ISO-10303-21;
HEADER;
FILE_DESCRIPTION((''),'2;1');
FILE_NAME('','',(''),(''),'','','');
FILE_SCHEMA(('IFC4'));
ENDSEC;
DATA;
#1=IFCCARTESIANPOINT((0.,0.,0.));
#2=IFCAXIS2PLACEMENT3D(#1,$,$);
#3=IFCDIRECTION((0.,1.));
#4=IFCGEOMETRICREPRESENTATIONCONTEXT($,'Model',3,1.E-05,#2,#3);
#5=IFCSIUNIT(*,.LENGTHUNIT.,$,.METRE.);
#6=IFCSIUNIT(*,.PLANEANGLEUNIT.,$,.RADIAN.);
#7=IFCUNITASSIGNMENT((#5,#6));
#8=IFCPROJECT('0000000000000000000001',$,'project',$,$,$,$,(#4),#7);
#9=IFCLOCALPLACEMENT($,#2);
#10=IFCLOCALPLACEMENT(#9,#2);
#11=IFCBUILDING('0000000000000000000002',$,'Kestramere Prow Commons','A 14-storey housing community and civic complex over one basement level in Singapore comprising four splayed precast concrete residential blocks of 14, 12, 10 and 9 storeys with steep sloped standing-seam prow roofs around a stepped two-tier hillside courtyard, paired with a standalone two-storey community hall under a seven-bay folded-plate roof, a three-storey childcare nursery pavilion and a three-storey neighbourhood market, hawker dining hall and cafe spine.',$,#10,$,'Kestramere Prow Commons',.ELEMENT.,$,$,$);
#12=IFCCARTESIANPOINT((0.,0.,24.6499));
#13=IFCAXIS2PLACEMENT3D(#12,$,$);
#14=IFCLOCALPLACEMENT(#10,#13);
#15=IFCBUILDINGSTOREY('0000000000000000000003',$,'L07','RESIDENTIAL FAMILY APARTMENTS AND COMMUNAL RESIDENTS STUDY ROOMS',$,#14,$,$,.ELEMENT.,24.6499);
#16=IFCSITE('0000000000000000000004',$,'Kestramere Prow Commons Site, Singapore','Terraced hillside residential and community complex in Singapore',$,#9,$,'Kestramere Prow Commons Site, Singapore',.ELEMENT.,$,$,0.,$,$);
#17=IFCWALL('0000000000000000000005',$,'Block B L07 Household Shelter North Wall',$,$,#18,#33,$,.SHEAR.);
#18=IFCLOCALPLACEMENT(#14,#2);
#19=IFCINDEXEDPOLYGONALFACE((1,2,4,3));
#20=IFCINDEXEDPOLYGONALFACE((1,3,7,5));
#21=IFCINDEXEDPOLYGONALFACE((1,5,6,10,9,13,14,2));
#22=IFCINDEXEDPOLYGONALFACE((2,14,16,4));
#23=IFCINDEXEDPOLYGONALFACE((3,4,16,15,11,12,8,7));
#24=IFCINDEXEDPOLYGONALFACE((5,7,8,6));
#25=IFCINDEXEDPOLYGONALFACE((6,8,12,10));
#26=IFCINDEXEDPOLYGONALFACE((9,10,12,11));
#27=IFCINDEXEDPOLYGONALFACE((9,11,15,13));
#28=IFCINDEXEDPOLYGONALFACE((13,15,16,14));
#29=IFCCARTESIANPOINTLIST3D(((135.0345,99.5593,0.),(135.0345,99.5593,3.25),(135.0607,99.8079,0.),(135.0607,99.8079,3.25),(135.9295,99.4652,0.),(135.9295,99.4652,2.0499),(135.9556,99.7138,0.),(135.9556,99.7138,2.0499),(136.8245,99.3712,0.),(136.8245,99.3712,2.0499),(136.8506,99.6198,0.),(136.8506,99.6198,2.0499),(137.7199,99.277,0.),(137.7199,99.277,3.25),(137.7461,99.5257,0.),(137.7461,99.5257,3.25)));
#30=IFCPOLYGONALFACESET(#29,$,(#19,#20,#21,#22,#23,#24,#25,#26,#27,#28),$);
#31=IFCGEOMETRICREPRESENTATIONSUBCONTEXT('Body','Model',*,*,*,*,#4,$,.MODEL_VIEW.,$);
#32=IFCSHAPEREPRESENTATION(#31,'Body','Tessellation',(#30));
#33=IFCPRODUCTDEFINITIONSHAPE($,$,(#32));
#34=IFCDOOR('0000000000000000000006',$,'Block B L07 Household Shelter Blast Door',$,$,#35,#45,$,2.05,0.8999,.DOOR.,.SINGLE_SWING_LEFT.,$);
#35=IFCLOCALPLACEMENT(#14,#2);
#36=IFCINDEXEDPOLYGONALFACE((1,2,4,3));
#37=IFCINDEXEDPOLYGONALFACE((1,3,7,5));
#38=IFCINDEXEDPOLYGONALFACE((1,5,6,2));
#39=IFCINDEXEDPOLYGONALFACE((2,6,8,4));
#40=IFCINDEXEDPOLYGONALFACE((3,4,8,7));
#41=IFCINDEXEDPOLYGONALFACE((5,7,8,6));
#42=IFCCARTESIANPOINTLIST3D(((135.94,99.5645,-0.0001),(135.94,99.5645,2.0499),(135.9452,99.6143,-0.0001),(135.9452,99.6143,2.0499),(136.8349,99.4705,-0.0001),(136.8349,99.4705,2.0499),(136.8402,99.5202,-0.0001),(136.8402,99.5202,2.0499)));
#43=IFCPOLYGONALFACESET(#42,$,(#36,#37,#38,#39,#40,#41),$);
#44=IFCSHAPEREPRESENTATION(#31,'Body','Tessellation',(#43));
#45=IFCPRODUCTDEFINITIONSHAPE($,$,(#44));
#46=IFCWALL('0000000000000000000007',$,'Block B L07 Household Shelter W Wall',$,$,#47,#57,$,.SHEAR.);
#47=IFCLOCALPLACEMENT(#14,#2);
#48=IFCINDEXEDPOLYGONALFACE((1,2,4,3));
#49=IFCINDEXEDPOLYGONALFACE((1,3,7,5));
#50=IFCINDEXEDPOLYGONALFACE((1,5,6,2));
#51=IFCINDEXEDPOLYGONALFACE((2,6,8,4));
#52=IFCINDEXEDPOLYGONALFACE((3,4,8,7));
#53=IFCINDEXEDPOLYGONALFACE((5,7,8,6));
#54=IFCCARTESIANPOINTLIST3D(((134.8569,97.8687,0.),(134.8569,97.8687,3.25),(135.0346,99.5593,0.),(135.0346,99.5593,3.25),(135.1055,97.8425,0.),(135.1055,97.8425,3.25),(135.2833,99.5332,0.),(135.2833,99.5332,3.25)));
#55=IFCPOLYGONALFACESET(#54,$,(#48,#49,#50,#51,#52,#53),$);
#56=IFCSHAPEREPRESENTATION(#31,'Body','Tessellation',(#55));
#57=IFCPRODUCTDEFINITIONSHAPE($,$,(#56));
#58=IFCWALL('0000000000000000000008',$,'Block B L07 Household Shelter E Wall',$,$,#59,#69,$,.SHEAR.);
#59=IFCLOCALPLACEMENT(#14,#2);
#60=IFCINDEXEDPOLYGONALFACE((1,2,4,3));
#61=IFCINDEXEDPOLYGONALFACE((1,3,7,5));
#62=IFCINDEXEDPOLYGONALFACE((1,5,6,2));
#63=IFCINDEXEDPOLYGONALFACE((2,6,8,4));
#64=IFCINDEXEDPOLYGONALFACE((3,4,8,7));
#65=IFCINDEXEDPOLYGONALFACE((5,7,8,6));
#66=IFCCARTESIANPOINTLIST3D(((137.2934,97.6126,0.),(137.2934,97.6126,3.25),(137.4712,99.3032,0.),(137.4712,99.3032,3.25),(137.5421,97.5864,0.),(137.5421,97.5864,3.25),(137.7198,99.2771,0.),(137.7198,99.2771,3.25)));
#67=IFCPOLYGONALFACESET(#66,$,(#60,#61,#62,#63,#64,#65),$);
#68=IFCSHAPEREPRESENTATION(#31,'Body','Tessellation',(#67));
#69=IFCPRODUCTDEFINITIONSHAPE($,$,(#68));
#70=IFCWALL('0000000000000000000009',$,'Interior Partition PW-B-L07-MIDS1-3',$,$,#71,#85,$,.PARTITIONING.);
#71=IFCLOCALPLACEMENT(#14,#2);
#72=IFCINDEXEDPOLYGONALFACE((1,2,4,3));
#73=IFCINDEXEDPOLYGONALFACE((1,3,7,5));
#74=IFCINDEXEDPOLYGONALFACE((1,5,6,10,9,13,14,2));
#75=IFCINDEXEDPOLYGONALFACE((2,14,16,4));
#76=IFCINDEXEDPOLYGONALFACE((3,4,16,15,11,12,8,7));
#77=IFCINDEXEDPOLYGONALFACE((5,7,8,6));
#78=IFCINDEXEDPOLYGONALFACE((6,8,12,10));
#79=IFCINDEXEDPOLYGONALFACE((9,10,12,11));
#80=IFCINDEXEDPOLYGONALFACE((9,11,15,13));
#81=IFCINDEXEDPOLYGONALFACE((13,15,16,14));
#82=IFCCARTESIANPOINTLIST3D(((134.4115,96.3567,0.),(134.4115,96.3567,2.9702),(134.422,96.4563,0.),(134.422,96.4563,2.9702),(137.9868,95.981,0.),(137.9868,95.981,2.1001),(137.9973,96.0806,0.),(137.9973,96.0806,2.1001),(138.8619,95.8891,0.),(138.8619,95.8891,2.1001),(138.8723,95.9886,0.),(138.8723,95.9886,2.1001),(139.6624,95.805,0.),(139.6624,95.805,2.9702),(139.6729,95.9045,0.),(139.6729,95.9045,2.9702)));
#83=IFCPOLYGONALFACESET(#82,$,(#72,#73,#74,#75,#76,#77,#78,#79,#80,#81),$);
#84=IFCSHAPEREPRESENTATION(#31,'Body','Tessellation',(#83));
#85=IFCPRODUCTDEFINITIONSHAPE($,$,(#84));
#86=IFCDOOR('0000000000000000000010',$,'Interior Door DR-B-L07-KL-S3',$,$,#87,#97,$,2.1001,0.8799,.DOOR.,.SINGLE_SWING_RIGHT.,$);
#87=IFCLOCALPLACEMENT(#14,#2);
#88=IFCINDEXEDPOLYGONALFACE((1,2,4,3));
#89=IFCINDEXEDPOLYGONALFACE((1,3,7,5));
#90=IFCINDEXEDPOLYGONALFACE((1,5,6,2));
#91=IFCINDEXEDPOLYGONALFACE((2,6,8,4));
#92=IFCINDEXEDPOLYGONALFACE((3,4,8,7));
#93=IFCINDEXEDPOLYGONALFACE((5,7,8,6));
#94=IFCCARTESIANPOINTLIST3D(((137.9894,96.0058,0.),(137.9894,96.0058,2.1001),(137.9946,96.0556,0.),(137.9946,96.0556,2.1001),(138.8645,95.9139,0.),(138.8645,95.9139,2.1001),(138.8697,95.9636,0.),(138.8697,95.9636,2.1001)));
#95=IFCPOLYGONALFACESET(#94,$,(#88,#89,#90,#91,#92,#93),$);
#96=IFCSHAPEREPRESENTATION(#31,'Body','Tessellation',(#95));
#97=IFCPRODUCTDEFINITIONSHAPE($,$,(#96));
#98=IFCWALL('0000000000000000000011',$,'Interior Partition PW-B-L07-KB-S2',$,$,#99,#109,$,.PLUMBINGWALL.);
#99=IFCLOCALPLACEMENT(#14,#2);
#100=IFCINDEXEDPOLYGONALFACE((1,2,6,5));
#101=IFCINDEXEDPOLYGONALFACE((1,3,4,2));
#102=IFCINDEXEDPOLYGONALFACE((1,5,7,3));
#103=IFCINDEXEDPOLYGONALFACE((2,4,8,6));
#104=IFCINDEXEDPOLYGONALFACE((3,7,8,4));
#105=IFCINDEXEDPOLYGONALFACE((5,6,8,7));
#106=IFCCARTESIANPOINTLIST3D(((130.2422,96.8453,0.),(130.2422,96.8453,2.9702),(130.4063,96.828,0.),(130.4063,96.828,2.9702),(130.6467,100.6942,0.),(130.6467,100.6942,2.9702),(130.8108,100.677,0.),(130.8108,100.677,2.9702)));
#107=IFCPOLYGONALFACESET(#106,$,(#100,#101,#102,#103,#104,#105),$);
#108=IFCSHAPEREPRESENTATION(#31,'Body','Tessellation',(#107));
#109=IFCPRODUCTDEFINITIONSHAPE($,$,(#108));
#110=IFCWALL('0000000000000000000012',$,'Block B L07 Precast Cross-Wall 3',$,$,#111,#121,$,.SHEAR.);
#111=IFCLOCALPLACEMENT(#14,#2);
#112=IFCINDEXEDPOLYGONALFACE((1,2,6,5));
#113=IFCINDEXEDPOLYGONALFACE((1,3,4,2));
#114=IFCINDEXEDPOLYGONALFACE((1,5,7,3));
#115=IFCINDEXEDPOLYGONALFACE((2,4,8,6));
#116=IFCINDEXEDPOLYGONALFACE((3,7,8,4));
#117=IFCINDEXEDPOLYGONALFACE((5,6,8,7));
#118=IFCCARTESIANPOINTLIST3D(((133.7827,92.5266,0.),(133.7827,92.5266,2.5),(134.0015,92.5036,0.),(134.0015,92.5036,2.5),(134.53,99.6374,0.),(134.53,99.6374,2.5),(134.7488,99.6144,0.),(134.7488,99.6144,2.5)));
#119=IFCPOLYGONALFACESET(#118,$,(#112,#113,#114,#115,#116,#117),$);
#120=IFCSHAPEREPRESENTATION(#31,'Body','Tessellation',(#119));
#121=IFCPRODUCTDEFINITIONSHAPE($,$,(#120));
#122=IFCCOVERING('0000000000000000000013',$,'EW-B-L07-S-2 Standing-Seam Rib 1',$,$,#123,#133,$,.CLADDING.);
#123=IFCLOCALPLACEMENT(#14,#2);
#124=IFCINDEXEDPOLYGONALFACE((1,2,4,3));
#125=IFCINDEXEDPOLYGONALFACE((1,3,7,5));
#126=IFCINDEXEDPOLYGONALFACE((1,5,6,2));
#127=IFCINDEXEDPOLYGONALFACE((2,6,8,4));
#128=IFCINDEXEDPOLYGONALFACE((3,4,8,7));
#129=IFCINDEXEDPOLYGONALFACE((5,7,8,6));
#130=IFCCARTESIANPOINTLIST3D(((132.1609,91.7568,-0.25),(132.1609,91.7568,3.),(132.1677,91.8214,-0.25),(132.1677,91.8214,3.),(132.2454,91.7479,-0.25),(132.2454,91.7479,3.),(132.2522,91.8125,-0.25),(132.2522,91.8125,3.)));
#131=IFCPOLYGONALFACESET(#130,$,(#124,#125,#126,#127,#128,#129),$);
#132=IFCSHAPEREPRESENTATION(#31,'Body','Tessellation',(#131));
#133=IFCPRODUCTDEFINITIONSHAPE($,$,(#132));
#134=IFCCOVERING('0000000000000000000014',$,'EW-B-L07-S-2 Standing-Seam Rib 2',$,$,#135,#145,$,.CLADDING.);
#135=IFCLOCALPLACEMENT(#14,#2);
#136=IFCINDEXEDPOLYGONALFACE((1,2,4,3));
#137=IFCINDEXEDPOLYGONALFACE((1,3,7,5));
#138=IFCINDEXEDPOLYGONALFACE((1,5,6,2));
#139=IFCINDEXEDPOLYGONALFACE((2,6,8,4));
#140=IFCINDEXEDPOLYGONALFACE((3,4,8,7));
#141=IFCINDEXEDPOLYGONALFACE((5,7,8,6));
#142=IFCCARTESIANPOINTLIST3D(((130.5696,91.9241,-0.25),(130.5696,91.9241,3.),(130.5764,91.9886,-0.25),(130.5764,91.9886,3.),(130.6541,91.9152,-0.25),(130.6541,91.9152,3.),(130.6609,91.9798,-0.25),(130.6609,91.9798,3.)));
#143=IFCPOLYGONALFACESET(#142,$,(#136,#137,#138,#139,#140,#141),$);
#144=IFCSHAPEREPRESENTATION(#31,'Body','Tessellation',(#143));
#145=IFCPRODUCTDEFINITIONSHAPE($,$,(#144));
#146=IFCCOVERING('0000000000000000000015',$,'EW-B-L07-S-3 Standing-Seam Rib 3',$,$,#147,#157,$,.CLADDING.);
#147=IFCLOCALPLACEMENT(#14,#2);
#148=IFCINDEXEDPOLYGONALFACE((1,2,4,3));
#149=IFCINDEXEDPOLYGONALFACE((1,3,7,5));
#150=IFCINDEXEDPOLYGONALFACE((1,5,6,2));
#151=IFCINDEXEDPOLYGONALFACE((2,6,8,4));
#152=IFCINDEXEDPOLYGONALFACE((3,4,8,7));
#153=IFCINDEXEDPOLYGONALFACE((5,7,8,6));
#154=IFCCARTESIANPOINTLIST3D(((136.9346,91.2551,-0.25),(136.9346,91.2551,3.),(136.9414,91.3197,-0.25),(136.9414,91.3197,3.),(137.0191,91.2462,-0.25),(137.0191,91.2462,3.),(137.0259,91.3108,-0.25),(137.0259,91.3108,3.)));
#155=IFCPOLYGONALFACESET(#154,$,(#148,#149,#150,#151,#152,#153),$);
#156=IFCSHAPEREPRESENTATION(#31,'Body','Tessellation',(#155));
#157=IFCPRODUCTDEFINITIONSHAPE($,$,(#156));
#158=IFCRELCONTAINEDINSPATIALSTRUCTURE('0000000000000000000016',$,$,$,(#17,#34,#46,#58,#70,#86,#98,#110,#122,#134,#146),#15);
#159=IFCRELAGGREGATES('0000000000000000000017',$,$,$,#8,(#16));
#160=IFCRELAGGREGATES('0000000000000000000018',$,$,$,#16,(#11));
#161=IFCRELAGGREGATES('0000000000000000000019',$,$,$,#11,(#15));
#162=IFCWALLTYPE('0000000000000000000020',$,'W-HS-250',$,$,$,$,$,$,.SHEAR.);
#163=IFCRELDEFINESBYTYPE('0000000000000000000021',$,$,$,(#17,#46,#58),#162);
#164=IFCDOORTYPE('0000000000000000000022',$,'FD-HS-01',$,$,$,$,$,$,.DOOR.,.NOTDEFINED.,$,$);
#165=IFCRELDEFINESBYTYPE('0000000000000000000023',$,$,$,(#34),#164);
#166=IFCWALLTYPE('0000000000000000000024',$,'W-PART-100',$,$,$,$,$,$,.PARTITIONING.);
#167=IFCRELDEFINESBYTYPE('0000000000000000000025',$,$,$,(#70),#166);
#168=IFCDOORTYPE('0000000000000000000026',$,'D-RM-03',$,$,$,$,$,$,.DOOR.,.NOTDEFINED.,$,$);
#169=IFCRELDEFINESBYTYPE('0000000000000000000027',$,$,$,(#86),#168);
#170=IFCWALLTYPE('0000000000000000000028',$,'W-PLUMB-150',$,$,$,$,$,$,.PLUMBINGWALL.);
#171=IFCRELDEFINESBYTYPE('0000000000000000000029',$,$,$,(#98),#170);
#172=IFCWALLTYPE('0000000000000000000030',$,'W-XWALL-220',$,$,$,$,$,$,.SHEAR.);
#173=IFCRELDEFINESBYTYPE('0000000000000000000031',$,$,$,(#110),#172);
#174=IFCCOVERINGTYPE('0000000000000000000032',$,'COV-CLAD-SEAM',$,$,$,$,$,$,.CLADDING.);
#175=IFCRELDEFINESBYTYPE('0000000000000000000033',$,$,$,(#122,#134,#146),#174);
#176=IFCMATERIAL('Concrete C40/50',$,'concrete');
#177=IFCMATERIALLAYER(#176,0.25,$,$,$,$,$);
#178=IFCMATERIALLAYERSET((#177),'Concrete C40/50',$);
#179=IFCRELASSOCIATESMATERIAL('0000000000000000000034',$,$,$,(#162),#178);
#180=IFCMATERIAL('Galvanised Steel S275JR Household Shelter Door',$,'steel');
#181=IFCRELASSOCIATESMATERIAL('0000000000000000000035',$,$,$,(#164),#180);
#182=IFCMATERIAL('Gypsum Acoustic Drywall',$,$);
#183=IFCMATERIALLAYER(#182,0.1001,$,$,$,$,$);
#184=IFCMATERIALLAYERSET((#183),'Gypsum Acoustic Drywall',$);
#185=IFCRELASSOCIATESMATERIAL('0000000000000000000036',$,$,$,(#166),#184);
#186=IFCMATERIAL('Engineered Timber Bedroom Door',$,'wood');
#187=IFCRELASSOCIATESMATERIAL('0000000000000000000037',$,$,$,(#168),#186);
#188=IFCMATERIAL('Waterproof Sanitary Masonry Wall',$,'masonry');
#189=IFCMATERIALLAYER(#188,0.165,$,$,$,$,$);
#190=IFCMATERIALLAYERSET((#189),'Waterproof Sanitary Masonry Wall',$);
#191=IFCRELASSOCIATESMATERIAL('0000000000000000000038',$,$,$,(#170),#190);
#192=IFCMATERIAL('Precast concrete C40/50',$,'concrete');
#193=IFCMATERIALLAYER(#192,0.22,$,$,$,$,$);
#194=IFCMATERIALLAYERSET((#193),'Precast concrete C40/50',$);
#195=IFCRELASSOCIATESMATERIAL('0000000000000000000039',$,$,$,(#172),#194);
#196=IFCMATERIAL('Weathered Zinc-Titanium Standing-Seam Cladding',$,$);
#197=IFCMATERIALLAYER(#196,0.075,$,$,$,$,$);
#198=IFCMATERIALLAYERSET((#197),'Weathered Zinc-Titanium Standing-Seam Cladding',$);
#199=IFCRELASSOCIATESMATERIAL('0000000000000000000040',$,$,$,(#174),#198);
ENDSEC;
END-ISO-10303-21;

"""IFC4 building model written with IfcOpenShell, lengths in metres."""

from ifc_helpers import new_model, si_unit, direction, frame, frame_2d, origin, origin_2d, place, context, subcontext, project, spatial, rectangle, extrude, material, layer, layer_set, type_object, element, fill, save


model = new_model("IFC4")

# Units and contexts
model_context = context("Model", 3, precision=1e-05, world=origin(), true_north=direction((0.0, 1.0)))
body_context = subcontext(model_context, "Body", "Model", "MODEL_VIEW")
ifc_project = project(units=[si_unit("LENGTHUNIT", "METRE"), si_unit("PLANEANGLEUNIT", "RADIAN")], contexts=[model_context])

# Site, building, storey
site_placement = place(None, origin())
site = spatial("IfcSite", under=ifc_project, at=site_placement, Name="Kestramere Prow Commons Site, Singapore", Description="Terraced hillside residential and community complex in Singapore", LongName="Kestramere Prow Commons Site, Singapore", CompositionType="ELEMENT", RefElevation=0.0)
building_placement = place(site_placement, origin())
building = spatial("IfcBuilding", under=site, at=building_placement, Name="Kestramere Prow Commons", Description="A 14-storey housing community and civic complex over one basement level in Singapore comprising four splayed precast concrete residential blocks of 14, 12, 10 and 9 storeys with steep sloped standing-seam prow roofs around a stepped two-tier hillside courtyard, paired with a standalone two-storey community hall under a seven-bay folded-plate roof, a three-storey childcare nursery pavilion and a three-storey neighbourhood market, hawker dining hall and cafe spine.", LongName="Kestramere Prow Commons", CompositionType="ELEMENT")
storey_placement = place(building_placement, frame((0.0, 0.0, 24.6499)))
storey = spatial("IfcBuildingStorey", under=building, at=storey_placement, Name="L07", Description="RESIDENTIAL FAMILY APARTMENTS AND COMMUNAL RESIDENTS STUDY ROOMS", CompositionType="ELEMENT", Elevation=24.6499)

# Shared definitions
ifc_material_1 = material(Name="Precast concrete C40/50", Category="concrete")

# Shared definitions
ifc_material_2 = material(Name="Concrete C40/50", Category="concrete")
ifc_layer_1 = layer(ifc_material_2, 0.25)
ifc_layer_set_1 = layer_set([ifc_layer_1], Name="Concrete C40/50")
wall_type_1 = type_object("IfcWallType", Name="W-HS-250", PredefinedType="SHEAR", material=ifc_layer_set_1)

# Wall, opening, door
wall_1_placement = place(storey_placement, frame((135.0476, 99.6836, 0.0), z_axis=(0.0, 0.0, 1.0), x_axis=(0.994522, -0.104525, 0.0)))
wall_1 = element("IfcWall", 1, at=wall_1_placement, inside=storey, type_object=wall_type_1, Name="Block B L07 Household Shelter North Wall", PredefinedType="SHEAR", context=body_context, shape_type="SweptSolid", body=[
    extrude(rectangle(XDim=2.7002, YDim=0.25, at=frame_2d((1.3501, 0.0))), origin(), (0.0, 0.0, 1.0), 3.25),
])
opening_1_placement = place(wall_1_placement, frame((0.8999, 0.0, 0.0)))
opening_1 = element("IfcOpeningElement", 2, at=opening_1_placement, cuts=wall_1, PredefinedType="OPENING", context=body_context, shape_type="SweptSolid", body=[
    extrude(rectangle(XDim=0.8999, YDim=2.05, at=frame_2d((0.45, 1.0249))), frame((0.0, 0.1399, 0.0), z_axis=(0.0, -1.0, 0.0), x_axis=(1.0, 0.0, 0.0)), (0.0, 0.0, 1.0), 0.28),
])
ifc_material_3 = material(Name="Galvanised Steel S275JR Household Shelter Door", Category="steel")
door_type_1 = type_object("IfcDoorType", Name="FD-HS-01", OperationType="NOTDEFINED", PredefinedType="DOOR", material=ifc_material_3)
door_1_placement = place(opening_1_placement, origin())
door_1 = element("IfcDoor", 3, at=door_1_placement, inside=storey, type_object=door_type_1, Name="Block B L07 Household Shelter Blast Door", OperationType="SINGLE_SWING_LEFT", OverallHeight=2.05, OverallWidth=0.8999, PredefinedType="DOOR", context=body_context, shape_type="SweptSolid", body=[
    extrude(rectangle(XDim=0.8999, YDim=2.05, at=frame_2d((0.45, 1.0249))), frame((0.0, 0.0249, 0.0), z_axis=(0.0, -1.0, 0.0), x_axis=(1.0, 0.0, 0.0)), (0.0, 0.0, 1.0), 0.05),
])
fill(opening_1, door_1)

# Walls
for number, where, z_axis, x_axis, name in (
    (4, (134.9812, 97.8555, 0.0), (0.0, 0.0, 1.0), (0.10455, 0.99452, 0.0), "Block B L07 Household Shelter W Wall"),
    (5, (137.4177, 97.5994, 0.0), (0.0, 0.0, 1.0), (0.10455, 0.99452, 0.0), "Block B L07 Household Shelter E Wall"),
):
    element("IfcWall", number, at=place(storey_placement, frame(where, z_axis=z_axis, x_axis=x_axis)), inside=storey, type_object=wall_type_1, Name=name, PredefinedType="SHEAR", context=body_context, shape_type="SweptSolid", body=[
        extrude(rectangle(XDim=1.7, YDim=0.25, at=frame_2d((0.8501, 0.0))), origin(), (0.0, 0.0, 1.0), 3.25),
    ])

# Wall, opening, door
ifc_material_4 = material(Name="Gypsum Acoustic Drywall")
ifc_layer_2 = layer(ifc_material_4, 0.1001)
ifc_layer_set_2 = layer_set([ifc_layer_2], Name="Gypsum Acoustic Drywall")
wall_type_2 = type_object("IfcWallType", Name="W-PART-100", PredefinedType="PARTITIONING", material=ifc_layer_set_2)
wall_2_placement = place(storey_placement, frame((134.4167, 96.4065, 0.0), z_axis=(0.0, 0.0, 1.0), x_axis=(0.994525, -0.104502, 0.0)))
wall_2 = element("IfcWall", 6, at=wall_2_placement, inside=storey, type_object=wall_type_2, Name="Interior Partition PW-B-L07-MIDS1-3", PredefinedType="PARTITIONING", context=body_context, shape_type="SweptSolid", body=[
    extrude(rectangle(XDim=5.2798, YDim=0.1001, at=frame_2d((2.6399, 0.0))), origin(), (0.0, 0.0, 1.0), 2.9702),
])
opening_2_placement = place(wall_2_placement, frame((3.595, 0.0, 0.0)))
opening_2 = element("IfcOpeningElement", 7, at=opening_2_placement, cuts=wall_2, PredefinedType="OPENING", context=body_context, shape_type="SweptSolid", body=[
    extrude(rectangle(XDim=0.8799, YDim=2.1001, at=frame_2d((0.4399, 1.05))), frame((0.0, 0.0649, 0.0), z_axis=(0.0, -1.0, 0.0), x_axis=(1.0, 0.0, 0.0)), (0.0, 0.0, 1.0), 0.1301),
])
ifc_material_5 = material(Name="Engineered Timber Bedroom Door", Category="wood")
door_type_2 = type_object("IfcDoorType", Name="D-RM-03", OperationType="NOTDEFINED", PredefinedType="DOOR", material=ifc_material_5)
door_2_placement = place(opening_2_placement, origin())
door_2 = element("IfcDoor", 8, at=door_2_placement, inside=storey, type_object=door_type_2, Name="Interior Door DR-B-L07-KL-S3", OperationType="SINGLE_SWING_RIGHT", OverallHeight=2.1001, OverallWidth=0.8799, PredefinedType="DOOR", context=body_context, shape_type="SweptSolid", body=[
    extrude(rectangle(XDim=0.8799, YDim=2.1001, at=frame_2d((0.4399, 1.05))), frame((0.0, 0.0249, 0.0), z_axis=(0.0, -1.0, 0.0), x_axis=(1.0, 0.0, 0.0)), (0.0, 0.0, 1.0), 0.05),
])
fill(opening_2, door_2)

# Walls
ifc_material_6 = material(Name="Waterproof Sanitary Masonry Wall", Category="masonry")
ifc_layer_3 = layer(ifc_material_6, 0.165)
ifc_layer_set_3 = layer_set([ifc_layer_3], Name="Waterproof Sanitary Masonry Wall")
wall_type_3 = type_object("IfcWallType", Name="W-PLUMB-150", PredefinedType="PLUMBINGWALL", material=ifc_layer_set_3)
wall_3_placement = place(storey_placement, frame((130.3242, 96.8367, 0.0), z_axis=(0.0, 0.0, 1.0), x_axis=(0.10453, 0.994522, 0.0)))
element("IfcWall", 9, at=wall_3_placement, inside=storey, type_object=wall_type_3, Name="Interior Partition PW-B-L07-KB-S2", PredefinedType="PLUMBINGWALL", context=body_context, shape_type="SweptSolid", body=[
    extrude(rectangle(XDim=3.8701, YDim=0.165, at=frame_2d((1.9351, 0.0))), origin(), (0.0, 0.0, 1.0), 2.9702),
])
ifc_layer_4 = layer(ifc_material_1, 0.22)
ifc_layer_set_4 = layer_set([ifc_layer_4], Name="Precast concrete C40/50")
wall_type_4 = type_object("IfcWallType", Name="W-XWALL-220", PredefinedType="SHEAR", material=ifc_layer_set_4)
wall_4_placement = place(storey_placement, frame((133.8921, 92.5151, 0.0), z_axis=(0.0, 0.0, 1.0), x_axis=(0.104519, 0.994523, 0.0)))
element("IfcWall", 10, at=wall_4_placement, inside=storey, type_object=wall_type_4, Name="Block B L07 Precast Cross-Wall 3", PredefinedType="SHEAR", context=body_context, shape_type="SweptSolid", body=[
    extrude(rectangle(XDim=7.1499, YDim=0.22, at=frame_2d((3.575, 0.0))), origin(), (0.0, 0.0, 1.0), 2.5),
])

# Coverings
ifc_material_7 = material(Name="Weathered Zinc-Titanium Standing-Seam Cladding")
ifc_layer_5 = layer(ifc_material_7, 0.075)
ifc_layer_set_5 = layer_set([ifc_layer_5], Name="Weathered Zinc-Titanium Standing-Seam Cladding")
covering_type = type_object("IfcCoveringType", Name="COV-CLAD-SEAM", PredefinedType="CLADDING", material=ifc_layer_set_5)
for number, where, z_axis, x_axis, name in (
    (11, (132.2065, 91.7847, -0.25), (0.0, 0.0, 1.0), (-0.994522, 0.104528, 0.0), "EW-B-L07-S-2 Standing-Seam Rib 1"),
    (12, (130.6152, 91.9519, -0.25), (0.0, 0.0, 1.0), (-0.994522, 0.104528, 0.0), "EW-B-L07-S-2 Standing-Seam Rib 2"),
    (13, (136.9802, 91.283, -0.25), (0.0, 0.0, 1.0), (-0.994522, 0.104528, 0.0), "EW-B-L07-S-3 Standing-Seam Rib 3"),
):
    element("IfcCovering", number, at=place(storey_placement, frame(where, z_axis=z_axis, x_axis=x_axis)), inside=storey, type_object=covering_type, Name=name, PredefinedType="CLADDING", context=body_context, shape_type="SweptSolid", body=[
        extrude(rectangle(XDim=0.085, YDim=0.0649, at=origin_2d()), origin(), (0.0, 0.0, 1.0), 3.25),
    ])

save(model, "model.ifc")
